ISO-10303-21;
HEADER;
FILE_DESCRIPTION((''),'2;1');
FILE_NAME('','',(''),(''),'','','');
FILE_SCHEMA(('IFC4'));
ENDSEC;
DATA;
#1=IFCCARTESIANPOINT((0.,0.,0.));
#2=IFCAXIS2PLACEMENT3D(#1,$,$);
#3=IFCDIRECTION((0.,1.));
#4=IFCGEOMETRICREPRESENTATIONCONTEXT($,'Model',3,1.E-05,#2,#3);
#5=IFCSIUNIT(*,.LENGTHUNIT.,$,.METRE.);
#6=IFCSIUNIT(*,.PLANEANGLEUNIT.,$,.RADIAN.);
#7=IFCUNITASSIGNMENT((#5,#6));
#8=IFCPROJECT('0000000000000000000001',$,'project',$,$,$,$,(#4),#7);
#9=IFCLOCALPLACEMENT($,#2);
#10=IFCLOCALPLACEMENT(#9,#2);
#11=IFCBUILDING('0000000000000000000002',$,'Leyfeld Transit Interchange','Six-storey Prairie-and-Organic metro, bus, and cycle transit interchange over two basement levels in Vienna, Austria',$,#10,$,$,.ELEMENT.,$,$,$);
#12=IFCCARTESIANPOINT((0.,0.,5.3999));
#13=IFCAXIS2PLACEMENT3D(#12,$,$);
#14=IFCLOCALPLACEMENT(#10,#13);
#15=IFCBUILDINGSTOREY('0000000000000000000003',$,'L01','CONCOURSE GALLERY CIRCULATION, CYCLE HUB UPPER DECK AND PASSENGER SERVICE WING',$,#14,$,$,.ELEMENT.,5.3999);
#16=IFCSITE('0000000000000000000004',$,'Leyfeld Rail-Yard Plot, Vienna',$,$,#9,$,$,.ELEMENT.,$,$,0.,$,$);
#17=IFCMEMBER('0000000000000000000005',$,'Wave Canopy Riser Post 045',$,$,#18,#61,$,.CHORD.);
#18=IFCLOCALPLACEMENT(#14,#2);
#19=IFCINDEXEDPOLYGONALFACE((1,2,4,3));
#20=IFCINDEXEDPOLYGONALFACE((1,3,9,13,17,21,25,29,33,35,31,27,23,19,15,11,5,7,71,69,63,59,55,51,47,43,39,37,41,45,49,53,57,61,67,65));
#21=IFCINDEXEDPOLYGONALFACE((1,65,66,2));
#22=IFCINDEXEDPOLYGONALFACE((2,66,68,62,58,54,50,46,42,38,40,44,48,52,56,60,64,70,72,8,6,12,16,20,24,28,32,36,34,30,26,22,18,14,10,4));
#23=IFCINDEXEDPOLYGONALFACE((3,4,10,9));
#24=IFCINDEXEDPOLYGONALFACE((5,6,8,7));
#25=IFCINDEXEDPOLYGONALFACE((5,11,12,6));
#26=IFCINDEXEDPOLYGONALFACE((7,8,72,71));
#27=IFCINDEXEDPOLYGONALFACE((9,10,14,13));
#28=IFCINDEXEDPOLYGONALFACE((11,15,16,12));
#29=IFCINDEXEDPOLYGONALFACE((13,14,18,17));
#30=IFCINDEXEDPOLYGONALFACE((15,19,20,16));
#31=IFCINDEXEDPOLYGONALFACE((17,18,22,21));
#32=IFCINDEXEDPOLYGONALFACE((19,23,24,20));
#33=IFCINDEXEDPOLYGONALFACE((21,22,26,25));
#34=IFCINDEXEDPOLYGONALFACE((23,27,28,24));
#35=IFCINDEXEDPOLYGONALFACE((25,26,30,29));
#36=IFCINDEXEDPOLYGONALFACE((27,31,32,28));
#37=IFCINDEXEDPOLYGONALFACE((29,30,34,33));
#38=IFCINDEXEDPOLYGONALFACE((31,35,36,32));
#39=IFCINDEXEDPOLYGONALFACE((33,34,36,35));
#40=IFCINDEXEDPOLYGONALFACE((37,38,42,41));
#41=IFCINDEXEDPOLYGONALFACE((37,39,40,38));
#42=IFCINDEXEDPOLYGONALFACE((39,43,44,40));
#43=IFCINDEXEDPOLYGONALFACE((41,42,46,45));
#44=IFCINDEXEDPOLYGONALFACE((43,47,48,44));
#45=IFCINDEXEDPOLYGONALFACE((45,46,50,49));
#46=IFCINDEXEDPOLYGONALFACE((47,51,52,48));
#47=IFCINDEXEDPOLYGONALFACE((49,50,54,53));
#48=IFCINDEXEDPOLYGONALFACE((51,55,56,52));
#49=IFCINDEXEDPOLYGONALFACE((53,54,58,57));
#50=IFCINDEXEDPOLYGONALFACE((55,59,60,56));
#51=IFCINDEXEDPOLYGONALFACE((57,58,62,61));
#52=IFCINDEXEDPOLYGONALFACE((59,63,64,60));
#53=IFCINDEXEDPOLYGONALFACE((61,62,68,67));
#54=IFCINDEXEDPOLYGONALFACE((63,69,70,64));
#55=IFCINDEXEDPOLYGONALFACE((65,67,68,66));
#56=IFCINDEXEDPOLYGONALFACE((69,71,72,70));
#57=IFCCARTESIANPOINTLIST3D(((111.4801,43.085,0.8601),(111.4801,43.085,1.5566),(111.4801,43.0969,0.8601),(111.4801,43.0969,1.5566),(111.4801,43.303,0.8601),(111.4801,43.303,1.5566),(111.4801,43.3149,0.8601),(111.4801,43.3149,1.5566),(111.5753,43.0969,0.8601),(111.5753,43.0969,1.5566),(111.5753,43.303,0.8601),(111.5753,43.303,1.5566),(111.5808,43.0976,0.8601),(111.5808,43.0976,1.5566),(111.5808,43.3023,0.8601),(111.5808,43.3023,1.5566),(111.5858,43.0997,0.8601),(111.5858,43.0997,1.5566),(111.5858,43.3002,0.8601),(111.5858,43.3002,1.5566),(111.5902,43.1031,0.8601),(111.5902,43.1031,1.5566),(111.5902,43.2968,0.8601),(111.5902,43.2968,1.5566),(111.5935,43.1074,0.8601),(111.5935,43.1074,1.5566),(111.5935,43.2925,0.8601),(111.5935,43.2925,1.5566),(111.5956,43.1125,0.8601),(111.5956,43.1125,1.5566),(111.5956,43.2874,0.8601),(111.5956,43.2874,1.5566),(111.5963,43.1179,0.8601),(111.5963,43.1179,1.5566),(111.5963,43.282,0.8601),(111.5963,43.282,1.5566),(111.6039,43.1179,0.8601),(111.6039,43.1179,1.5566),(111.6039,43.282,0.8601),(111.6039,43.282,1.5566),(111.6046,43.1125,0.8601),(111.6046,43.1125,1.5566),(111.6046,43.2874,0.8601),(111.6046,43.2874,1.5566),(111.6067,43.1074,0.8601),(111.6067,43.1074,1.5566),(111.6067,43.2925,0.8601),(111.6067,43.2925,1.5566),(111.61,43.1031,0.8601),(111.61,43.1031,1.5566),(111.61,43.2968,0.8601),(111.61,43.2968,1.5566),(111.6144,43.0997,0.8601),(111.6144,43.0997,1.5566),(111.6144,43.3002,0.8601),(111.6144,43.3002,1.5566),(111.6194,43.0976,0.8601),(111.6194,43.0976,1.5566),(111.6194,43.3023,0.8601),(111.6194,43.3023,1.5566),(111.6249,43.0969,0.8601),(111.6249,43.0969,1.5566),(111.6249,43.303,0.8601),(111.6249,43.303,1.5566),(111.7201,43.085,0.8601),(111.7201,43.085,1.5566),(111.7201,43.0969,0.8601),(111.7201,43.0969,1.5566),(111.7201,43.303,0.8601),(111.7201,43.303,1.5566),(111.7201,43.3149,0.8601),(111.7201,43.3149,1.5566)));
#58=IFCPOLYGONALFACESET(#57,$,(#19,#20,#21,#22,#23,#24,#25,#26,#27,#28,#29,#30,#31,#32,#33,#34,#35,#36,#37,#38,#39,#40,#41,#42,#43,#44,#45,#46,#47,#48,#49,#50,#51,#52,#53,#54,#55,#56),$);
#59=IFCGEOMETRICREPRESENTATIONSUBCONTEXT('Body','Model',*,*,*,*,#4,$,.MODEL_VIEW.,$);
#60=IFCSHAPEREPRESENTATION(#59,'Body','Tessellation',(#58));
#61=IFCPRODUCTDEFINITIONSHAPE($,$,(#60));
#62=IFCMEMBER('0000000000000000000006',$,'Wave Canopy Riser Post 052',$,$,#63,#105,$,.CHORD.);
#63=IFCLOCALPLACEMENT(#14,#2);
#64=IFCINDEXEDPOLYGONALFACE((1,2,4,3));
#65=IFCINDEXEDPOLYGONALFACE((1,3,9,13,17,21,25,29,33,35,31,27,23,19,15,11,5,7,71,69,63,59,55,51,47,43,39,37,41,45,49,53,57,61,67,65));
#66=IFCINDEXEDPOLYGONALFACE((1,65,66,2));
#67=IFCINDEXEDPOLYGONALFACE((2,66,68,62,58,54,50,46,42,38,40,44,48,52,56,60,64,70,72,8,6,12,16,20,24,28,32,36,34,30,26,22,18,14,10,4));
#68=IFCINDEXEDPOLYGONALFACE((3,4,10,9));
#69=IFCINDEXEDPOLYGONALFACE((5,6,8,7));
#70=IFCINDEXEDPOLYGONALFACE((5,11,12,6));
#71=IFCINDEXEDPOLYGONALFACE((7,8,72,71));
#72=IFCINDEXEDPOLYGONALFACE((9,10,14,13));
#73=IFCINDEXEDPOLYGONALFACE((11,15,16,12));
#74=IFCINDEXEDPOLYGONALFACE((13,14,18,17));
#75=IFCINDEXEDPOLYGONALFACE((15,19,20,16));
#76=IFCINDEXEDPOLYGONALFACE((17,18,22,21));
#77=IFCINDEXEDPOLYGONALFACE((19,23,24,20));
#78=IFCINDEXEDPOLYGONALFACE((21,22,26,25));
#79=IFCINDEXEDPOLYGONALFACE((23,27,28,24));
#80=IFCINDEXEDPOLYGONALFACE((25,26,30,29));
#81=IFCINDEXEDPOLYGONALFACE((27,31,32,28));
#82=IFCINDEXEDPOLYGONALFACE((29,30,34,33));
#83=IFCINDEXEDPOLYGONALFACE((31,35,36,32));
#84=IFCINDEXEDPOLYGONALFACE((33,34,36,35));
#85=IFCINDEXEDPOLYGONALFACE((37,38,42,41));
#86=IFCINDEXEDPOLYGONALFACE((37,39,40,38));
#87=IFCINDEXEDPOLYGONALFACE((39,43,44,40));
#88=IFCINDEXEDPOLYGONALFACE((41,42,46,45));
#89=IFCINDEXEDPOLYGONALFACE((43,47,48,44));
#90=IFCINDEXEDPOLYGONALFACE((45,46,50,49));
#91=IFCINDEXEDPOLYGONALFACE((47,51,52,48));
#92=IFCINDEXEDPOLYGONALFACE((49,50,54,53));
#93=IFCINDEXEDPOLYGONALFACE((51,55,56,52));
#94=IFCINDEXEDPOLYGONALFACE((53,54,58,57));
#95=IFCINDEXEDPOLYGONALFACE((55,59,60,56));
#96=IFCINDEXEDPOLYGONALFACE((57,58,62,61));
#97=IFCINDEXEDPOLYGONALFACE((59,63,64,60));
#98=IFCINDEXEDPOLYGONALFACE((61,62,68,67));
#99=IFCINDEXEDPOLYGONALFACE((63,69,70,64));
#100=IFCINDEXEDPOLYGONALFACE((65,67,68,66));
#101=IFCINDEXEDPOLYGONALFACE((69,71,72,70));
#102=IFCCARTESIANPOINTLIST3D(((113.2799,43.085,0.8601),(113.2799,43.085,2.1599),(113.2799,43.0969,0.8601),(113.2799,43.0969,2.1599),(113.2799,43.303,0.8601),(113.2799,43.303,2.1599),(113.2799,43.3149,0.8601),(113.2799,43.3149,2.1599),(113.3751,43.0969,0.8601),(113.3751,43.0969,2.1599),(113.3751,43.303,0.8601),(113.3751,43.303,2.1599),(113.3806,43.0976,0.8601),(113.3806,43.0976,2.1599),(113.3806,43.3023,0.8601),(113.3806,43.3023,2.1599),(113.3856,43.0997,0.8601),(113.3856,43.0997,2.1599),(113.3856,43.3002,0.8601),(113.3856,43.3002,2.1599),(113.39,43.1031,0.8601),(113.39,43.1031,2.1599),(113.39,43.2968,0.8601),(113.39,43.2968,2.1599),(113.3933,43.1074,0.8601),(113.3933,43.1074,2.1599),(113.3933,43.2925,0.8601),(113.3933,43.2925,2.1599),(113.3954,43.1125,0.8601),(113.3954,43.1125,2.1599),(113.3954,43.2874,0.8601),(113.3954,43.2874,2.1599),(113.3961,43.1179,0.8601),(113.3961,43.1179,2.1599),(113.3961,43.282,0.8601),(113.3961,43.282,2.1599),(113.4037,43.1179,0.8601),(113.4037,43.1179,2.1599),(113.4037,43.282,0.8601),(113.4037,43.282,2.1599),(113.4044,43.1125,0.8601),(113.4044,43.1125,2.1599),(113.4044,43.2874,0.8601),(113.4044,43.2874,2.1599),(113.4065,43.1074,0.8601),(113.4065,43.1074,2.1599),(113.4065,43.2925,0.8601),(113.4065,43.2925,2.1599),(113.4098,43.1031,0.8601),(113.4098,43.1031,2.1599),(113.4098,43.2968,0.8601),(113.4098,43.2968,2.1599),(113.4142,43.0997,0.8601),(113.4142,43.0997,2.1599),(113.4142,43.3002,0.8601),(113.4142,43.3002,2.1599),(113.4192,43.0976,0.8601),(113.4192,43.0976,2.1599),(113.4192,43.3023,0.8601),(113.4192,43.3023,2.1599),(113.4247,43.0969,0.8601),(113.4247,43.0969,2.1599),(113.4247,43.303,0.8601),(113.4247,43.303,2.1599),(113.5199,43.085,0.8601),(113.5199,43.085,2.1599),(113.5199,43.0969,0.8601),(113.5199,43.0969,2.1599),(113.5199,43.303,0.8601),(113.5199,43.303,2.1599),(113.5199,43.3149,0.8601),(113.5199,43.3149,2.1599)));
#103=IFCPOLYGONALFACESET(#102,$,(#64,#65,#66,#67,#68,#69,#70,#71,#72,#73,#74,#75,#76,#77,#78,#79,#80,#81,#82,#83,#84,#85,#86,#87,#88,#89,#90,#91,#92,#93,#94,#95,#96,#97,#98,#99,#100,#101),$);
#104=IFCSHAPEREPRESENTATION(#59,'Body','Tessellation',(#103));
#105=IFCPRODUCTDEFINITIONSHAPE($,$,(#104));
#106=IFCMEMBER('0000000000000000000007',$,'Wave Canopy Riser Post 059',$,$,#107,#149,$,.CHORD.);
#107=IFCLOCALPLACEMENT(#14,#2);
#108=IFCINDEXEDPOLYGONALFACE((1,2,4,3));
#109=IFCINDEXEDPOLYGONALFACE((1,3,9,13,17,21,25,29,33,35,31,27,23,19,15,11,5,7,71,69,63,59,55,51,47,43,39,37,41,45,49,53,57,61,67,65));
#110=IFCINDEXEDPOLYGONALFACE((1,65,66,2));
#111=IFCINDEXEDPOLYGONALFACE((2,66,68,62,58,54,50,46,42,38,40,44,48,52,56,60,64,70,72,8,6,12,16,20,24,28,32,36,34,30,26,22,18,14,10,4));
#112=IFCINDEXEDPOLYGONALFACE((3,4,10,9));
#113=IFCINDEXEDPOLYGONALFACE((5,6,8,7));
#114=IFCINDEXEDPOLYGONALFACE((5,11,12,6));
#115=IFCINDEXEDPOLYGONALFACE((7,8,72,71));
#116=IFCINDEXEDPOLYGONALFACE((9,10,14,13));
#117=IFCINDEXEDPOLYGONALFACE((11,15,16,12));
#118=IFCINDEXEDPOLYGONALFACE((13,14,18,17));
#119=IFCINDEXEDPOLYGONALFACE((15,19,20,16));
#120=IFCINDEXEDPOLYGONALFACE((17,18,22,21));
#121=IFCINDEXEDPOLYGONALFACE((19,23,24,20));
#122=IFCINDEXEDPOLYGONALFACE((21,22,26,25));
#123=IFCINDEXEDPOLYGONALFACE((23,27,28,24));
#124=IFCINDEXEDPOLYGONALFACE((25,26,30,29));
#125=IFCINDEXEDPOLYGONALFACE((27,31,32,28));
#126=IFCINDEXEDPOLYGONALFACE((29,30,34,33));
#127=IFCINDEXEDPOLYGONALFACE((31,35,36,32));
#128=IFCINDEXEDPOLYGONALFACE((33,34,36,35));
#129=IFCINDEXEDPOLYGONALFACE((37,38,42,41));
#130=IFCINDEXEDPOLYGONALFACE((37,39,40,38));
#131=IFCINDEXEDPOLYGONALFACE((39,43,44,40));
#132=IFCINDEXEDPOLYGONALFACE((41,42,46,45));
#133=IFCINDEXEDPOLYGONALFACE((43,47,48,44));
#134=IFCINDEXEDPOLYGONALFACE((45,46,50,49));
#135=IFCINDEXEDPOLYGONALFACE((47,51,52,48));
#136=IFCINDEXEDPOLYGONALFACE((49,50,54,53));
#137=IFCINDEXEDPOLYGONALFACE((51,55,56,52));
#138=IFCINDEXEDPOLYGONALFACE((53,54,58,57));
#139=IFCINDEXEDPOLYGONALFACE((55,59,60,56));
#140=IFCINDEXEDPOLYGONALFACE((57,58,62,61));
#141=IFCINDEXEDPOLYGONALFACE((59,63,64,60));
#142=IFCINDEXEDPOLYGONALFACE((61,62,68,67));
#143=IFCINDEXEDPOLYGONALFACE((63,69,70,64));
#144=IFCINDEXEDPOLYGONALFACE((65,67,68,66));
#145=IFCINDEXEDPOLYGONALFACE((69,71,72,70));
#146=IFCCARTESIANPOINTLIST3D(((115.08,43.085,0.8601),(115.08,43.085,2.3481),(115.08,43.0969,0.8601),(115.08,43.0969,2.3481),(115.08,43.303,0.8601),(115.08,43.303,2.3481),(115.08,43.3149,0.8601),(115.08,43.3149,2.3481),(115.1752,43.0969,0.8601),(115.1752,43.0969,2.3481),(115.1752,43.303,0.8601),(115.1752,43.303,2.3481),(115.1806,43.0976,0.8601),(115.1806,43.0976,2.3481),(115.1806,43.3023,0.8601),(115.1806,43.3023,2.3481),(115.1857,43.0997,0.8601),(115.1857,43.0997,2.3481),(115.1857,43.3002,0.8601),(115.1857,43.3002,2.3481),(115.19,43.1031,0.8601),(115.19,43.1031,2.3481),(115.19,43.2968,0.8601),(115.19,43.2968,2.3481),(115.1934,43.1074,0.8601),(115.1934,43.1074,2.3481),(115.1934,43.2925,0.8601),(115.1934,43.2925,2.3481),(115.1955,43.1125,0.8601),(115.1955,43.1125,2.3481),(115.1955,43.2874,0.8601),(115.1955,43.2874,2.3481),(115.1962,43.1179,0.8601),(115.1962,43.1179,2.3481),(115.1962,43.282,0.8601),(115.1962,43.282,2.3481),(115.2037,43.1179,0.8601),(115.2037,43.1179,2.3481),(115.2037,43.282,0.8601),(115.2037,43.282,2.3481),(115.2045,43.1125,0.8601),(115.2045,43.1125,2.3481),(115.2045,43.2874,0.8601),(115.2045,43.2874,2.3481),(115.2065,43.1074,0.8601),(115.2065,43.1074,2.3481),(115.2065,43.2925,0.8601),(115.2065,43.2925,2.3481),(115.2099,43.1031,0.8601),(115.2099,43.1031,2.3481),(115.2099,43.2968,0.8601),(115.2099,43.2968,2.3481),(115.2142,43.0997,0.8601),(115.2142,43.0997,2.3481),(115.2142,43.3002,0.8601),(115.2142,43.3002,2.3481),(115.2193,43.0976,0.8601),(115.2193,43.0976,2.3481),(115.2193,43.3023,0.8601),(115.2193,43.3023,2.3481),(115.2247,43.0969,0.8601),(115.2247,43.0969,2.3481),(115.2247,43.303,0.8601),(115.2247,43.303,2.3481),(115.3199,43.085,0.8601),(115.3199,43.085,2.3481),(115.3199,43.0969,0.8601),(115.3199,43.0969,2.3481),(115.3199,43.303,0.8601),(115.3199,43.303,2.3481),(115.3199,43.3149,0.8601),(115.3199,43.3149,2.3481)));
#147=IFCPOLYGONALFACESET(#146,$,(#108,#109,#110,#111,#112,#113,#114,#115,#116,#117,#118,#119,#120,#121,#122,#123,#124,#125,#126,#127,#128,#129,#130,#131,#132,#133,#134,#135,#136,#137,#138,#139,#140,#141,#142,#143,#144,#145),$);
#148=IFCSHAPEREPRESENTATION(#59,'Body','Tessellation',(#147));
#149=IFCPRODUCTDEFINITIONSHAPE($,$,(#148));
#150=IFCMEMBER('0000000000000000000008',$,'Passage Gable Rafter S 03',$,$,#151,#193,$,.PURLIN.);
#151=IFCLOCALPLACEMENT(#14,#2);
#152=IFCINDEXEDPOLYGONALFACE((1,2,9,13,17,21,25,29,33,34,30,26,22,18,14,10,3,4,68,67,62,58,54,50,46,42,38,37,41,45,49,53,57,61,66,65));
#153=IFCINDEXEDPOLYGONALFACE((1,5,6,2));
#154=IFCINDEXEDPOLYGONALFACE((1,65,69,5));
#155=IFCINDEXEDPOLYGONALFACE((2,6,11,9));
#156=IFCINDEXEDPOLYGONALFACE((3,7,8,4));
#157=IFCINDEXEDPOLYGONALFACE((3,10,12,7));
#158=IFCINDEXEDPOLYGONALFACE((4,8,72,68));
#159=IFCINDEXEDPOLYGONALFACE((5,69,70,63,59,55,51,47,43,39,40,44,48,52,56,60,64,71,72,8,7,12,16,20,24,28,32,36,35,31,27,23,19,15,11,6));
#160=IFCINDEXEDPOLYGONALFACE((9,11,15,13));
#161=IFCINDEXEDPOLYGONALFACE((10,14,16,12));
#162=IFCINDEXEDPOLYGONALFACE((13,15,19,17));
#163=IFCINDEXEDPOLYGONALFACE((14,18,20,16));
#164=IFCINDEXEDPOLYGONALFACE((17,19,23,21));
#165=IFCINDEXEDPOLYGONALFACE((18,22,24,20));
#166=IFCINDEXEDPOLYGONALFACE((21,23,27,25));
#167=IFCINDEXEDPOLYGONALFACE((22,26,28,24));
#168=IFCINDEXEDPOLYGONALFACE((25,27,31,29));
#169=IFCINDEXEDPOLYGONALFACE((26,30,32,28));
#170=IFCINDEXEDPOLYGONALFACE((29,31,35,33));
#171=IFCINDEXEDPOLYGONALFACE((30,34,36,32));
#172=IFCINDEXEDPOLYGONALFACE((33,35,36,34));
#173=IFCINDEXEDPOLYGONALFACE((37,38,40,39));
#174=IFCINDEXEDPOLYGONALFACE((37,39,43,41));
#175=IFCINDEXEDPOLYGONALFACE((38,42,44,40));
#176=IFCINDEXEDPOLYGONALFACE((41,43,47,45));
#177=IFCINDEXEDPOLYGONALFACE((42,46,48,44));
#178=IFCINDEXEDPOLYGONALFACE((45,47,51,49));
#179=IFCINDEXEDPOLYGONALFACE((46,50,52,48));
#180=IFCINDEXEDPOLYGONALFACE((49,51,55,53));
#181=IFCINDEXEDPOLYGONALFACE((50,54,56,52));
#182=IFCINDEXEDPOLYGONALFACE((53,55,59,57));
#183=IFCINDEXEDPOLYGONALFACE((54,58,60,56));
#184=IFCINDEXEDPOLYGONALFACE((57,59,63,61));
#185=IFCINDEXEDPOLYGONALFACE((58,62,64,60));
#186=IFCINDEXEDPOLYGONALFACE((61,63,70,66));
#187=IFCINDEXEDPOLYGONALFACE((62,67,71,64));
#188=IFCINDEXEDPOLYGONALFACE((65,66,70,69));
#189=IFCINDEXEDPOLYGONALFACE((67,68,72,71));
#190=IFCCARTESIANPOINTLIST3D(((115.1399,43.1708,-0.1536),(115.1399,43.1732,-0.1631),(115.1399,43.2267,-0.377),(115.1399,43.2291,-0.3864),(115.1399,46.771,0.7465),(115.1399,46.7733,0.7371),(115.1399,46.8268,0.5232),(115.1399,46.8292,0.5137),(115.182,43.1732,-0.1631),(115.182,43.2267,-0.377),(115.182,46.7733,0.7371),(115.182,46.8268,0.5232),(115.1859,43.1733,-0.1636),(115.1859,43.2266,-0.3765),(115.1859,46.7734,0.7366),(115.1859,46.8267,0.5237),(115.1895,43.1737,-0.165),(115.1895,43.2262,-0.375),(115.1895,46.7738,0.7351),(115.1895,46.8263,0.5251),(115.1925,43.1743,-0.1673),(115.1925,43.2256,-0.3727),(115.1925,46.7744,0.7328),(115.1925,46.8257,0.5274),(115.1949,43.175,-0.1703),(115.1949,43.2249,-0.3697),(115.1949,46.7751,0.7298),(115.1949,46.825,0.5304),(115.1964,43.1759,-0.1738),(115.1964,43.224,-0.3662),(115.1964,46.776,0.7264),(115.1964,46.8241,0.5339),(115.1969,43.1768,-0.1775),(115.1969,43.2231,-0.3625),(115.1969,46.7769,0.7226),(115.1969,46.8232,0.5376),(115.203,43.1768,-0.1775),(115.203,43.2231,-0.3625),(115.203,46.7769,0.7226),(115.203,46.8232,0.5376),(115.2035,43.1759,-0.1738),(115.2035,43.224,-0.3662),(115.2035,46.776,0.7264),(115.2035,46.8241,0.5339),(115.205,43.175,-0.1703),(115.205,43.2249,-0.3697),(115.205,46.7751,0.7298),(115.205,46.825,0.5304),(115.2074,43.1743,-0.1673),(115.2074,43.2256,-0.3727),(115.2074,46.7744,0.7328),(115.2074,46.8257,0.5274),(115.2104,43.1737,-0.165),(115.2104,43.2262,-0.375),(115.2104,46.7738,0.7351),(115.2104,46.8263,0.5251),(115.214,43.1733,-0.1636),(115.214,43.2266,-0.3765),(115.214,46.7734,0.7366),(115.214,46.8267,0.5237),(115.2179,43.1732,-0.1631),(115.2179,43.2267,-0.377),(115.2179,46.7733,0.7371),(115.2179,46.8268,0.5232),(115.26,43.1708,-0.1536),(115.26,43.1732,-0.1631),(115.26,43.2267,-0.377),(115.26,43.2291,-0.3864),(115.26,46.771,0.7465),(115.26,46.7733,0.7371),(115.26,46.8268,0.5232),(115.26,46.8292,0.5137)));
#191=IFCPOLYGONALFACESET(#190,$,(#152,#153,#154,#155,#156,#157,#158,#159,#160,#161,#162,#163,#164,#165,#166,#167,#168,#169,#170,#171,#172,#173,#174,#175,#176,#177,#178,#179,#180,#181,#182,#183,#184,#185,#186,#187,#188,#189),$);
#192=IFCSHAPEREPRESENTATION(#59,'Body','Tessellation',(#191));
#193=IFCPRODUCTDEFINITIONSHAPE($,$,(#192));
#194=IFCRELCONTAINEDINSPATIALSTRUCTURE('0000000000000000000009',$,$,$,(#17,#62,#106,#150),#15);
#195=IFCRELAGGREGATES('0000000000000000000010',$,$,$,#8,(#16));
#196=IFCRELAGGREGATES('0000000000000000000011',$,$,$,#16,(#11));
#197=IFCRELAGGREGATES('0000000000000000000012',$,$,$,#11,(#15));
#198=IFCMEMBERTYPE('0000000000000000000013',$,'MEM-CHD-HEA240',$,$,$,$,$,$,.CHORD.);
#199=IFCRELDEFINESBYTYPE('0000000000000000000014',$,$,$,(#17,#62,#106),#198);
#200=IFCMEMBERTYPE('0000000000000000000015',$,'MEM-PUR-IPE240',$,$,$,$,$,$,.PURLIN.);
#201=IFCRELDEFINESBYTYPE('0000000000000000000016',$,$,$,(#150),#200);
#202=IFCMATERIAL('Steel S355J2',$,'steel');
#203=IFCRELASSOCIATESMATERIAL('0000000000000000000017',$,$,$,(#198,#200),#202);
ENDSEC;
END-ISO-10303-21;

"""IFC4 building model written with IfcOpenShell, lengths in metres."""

from ifc_helpers import new_model, si_unit, direction, frame, origin, origin_2d, place, context, subcontext, project, spatial, i_section, extrude, material, material_profile, profile_set, type_object, element, save


model = new_model("IFC4")

# Units and contexts
model_context = context("Model", 3, precision=1e-05, world=origin(), true_north=direction((0.0, 1.0)))
body_context = subcontext(model_context, "Body", "Model", "MODEL_VIEW")
ifc_project = project(units=[si_unit("LENGTHUNIT", "METRE"), si_unit("PLANEANGLEUNIT", "RADIAN")], contexts=[model_context])

# Site, building, storey
site_placement = place(None, origin())
site = spatial("IfcSite", under=ifc_project, at=site_placement, Name="Leyfeld Rail-Yard Plot, Vienna", CompositionType="ELEMENT", RefElevation=0.0)
building_placement = place(site_placement, origin())
building = spatial("IfcBuilding", under=site, at=building_placement, Name="Leyfeld Transit Interchange", Description="Six-storey Prairie-and-Organic metro, bus, and cycle transit interchange over two basement levels in Vienna, Austria", CompositionType="ELEMENT")
storey_placement = place(building_placement, frame((0.0, 0.0, 5.3999)))
storey = spatial("IfcBuildingStorey", under=building, at=storey_placement, Name="L01", Description="CONCOURSE GALLERY CIRCULATION, CYCLE HUB UPPER DECK AND PASSENGER SERVICE WING", CompositionType="ELEMENT", Elevation=5.3999)

# Shared definitions
ifc_material_1 = material(Name="Steel S355J2", Category="steel")

# Members
ifc_material_profile_1 = material_profile(ifc_material_1, i_section(OverallWidth=0.24, OverallDepth=0.23, WebThickness=0.0076, FlangeThickness=0.012, FilletRadius=0.021, at=origin_2d()), Name="HEA 240")
ifc_profile_set_1 = profile_set([ifc_material_profile_1], Name="Steel S355J2")
member_type_1 = type_object("IfcMemberType", Name="MEM-CHD-HEA240", PredefinedType="CHORD", material=ifc_profile_set_1)
member_1_placement = place(storey_placement, frame((111.6001, 43.2, 0.8601), z_axis=(0.0, 0.0, 1.0), x_axis=(1.0, 0.0, 0.0)))
element("IfcMember", 1, at=member_1_placement, inside=storey, type_object=member_type_1, Name="Wave Canopy Riser Post 045", PredefinedType="CHORD", context=body_context, shape_type="SweptSolid", body=[
    extrude(i_section(OverallWidth=0.24, OverallDepth=0.23, WebThickness=0.0076, FlangeThickness=0.012, FilletRadius=0.021, at=origin_2d()), origin(), (0.0, 0.0, 1.0), 0.6965),
])
member_2_placement = place(storey_placement, frame((113.3999, 43.2, 0.8601), z_axis=(0.0, 0.0, 1.0), x_axis=(1.0, 0.0, 0.0)))
element("IfcMember", 2, at=member_2_placement, inside=storey, type_object=member_type_1, Name="Wave Canopy Riser Post 052", PredefinedType="CHORD", context=body_context, shape_type="SweptSolid", body=[
    extrude(i_section(OverallWidth=0.24, OverallDepth=0.23, WebThickness=0.0076, FlangeThickness=0.012, FilletRadius=0.021, at=origin_2d()), origin(), (0.0, 0.0, 1.0), 1.2998),
])
member_3_placement = place(storey_placement, frame((115.2, 43.2, 0.8601), z_axis=(0.0, 0.0, 1.0), x_axis=(1.0, 0.0, 0.0)))
element("IfcMember", 3, at=member_3_placement, inside=storey, type_object=member_type_1, Name="Wave Canopy Riser Post 059", PredefinedType="CHORD", context=body_context, shape_type="SweptSolid", body=[
    extrude(i_section(OverallWidth=0.24, OverallDepth=0.23, WebThickness=0.0076, FlangeThickness=0.012, FilletRadius=0.021, at=origin_2d()), origin(), (0.0, 0.0, 1.0), 1.488),
])
ifc_material_profile_2 = material_profile(ifc_material_1, i_section(OverallWidth=0.1201, OverallDepth=0.24, WebThickness=0.0061, FlangeThickness=0.0098, FilletRadius=0.0149, at=origin_2d()), Name="IPE 240")
ifc_profile_set_2 = profile_set([ifc_material_profile_2], Name="Steel S355J2")
member_type_2 = type_object("IfcMemberType", Name="MEM-PUR-IPE240", PredefinedType="PURLIN", material=ifc_profile_set_2)
member_4_placement = place(storey_placement, frame((115.2, 43.2, -0.27), z_axis=(0.0, 0.970135, 0.242567), x_axis=(-1.0, 0.0, 0.0)))
element("IfcMember", 4, at=member_4_placement, inside=storey, type_object=member_type_2, Name="Passage Gable Rafter S 03", PredefinedType="PURLIN", context=body_context, shape_type="SweptSolid", body=[
    extrude(i_section(OverallWidth=0.1201, OverallDepth=0.24, WebThickness=0.0061, FlangeThickness=0.0098, FilletRadius=0.0149, at=origin_2d()), origin(), (0.0, 0.0, 1.0), 3.7109),
])

save(model, "model.ifc")
